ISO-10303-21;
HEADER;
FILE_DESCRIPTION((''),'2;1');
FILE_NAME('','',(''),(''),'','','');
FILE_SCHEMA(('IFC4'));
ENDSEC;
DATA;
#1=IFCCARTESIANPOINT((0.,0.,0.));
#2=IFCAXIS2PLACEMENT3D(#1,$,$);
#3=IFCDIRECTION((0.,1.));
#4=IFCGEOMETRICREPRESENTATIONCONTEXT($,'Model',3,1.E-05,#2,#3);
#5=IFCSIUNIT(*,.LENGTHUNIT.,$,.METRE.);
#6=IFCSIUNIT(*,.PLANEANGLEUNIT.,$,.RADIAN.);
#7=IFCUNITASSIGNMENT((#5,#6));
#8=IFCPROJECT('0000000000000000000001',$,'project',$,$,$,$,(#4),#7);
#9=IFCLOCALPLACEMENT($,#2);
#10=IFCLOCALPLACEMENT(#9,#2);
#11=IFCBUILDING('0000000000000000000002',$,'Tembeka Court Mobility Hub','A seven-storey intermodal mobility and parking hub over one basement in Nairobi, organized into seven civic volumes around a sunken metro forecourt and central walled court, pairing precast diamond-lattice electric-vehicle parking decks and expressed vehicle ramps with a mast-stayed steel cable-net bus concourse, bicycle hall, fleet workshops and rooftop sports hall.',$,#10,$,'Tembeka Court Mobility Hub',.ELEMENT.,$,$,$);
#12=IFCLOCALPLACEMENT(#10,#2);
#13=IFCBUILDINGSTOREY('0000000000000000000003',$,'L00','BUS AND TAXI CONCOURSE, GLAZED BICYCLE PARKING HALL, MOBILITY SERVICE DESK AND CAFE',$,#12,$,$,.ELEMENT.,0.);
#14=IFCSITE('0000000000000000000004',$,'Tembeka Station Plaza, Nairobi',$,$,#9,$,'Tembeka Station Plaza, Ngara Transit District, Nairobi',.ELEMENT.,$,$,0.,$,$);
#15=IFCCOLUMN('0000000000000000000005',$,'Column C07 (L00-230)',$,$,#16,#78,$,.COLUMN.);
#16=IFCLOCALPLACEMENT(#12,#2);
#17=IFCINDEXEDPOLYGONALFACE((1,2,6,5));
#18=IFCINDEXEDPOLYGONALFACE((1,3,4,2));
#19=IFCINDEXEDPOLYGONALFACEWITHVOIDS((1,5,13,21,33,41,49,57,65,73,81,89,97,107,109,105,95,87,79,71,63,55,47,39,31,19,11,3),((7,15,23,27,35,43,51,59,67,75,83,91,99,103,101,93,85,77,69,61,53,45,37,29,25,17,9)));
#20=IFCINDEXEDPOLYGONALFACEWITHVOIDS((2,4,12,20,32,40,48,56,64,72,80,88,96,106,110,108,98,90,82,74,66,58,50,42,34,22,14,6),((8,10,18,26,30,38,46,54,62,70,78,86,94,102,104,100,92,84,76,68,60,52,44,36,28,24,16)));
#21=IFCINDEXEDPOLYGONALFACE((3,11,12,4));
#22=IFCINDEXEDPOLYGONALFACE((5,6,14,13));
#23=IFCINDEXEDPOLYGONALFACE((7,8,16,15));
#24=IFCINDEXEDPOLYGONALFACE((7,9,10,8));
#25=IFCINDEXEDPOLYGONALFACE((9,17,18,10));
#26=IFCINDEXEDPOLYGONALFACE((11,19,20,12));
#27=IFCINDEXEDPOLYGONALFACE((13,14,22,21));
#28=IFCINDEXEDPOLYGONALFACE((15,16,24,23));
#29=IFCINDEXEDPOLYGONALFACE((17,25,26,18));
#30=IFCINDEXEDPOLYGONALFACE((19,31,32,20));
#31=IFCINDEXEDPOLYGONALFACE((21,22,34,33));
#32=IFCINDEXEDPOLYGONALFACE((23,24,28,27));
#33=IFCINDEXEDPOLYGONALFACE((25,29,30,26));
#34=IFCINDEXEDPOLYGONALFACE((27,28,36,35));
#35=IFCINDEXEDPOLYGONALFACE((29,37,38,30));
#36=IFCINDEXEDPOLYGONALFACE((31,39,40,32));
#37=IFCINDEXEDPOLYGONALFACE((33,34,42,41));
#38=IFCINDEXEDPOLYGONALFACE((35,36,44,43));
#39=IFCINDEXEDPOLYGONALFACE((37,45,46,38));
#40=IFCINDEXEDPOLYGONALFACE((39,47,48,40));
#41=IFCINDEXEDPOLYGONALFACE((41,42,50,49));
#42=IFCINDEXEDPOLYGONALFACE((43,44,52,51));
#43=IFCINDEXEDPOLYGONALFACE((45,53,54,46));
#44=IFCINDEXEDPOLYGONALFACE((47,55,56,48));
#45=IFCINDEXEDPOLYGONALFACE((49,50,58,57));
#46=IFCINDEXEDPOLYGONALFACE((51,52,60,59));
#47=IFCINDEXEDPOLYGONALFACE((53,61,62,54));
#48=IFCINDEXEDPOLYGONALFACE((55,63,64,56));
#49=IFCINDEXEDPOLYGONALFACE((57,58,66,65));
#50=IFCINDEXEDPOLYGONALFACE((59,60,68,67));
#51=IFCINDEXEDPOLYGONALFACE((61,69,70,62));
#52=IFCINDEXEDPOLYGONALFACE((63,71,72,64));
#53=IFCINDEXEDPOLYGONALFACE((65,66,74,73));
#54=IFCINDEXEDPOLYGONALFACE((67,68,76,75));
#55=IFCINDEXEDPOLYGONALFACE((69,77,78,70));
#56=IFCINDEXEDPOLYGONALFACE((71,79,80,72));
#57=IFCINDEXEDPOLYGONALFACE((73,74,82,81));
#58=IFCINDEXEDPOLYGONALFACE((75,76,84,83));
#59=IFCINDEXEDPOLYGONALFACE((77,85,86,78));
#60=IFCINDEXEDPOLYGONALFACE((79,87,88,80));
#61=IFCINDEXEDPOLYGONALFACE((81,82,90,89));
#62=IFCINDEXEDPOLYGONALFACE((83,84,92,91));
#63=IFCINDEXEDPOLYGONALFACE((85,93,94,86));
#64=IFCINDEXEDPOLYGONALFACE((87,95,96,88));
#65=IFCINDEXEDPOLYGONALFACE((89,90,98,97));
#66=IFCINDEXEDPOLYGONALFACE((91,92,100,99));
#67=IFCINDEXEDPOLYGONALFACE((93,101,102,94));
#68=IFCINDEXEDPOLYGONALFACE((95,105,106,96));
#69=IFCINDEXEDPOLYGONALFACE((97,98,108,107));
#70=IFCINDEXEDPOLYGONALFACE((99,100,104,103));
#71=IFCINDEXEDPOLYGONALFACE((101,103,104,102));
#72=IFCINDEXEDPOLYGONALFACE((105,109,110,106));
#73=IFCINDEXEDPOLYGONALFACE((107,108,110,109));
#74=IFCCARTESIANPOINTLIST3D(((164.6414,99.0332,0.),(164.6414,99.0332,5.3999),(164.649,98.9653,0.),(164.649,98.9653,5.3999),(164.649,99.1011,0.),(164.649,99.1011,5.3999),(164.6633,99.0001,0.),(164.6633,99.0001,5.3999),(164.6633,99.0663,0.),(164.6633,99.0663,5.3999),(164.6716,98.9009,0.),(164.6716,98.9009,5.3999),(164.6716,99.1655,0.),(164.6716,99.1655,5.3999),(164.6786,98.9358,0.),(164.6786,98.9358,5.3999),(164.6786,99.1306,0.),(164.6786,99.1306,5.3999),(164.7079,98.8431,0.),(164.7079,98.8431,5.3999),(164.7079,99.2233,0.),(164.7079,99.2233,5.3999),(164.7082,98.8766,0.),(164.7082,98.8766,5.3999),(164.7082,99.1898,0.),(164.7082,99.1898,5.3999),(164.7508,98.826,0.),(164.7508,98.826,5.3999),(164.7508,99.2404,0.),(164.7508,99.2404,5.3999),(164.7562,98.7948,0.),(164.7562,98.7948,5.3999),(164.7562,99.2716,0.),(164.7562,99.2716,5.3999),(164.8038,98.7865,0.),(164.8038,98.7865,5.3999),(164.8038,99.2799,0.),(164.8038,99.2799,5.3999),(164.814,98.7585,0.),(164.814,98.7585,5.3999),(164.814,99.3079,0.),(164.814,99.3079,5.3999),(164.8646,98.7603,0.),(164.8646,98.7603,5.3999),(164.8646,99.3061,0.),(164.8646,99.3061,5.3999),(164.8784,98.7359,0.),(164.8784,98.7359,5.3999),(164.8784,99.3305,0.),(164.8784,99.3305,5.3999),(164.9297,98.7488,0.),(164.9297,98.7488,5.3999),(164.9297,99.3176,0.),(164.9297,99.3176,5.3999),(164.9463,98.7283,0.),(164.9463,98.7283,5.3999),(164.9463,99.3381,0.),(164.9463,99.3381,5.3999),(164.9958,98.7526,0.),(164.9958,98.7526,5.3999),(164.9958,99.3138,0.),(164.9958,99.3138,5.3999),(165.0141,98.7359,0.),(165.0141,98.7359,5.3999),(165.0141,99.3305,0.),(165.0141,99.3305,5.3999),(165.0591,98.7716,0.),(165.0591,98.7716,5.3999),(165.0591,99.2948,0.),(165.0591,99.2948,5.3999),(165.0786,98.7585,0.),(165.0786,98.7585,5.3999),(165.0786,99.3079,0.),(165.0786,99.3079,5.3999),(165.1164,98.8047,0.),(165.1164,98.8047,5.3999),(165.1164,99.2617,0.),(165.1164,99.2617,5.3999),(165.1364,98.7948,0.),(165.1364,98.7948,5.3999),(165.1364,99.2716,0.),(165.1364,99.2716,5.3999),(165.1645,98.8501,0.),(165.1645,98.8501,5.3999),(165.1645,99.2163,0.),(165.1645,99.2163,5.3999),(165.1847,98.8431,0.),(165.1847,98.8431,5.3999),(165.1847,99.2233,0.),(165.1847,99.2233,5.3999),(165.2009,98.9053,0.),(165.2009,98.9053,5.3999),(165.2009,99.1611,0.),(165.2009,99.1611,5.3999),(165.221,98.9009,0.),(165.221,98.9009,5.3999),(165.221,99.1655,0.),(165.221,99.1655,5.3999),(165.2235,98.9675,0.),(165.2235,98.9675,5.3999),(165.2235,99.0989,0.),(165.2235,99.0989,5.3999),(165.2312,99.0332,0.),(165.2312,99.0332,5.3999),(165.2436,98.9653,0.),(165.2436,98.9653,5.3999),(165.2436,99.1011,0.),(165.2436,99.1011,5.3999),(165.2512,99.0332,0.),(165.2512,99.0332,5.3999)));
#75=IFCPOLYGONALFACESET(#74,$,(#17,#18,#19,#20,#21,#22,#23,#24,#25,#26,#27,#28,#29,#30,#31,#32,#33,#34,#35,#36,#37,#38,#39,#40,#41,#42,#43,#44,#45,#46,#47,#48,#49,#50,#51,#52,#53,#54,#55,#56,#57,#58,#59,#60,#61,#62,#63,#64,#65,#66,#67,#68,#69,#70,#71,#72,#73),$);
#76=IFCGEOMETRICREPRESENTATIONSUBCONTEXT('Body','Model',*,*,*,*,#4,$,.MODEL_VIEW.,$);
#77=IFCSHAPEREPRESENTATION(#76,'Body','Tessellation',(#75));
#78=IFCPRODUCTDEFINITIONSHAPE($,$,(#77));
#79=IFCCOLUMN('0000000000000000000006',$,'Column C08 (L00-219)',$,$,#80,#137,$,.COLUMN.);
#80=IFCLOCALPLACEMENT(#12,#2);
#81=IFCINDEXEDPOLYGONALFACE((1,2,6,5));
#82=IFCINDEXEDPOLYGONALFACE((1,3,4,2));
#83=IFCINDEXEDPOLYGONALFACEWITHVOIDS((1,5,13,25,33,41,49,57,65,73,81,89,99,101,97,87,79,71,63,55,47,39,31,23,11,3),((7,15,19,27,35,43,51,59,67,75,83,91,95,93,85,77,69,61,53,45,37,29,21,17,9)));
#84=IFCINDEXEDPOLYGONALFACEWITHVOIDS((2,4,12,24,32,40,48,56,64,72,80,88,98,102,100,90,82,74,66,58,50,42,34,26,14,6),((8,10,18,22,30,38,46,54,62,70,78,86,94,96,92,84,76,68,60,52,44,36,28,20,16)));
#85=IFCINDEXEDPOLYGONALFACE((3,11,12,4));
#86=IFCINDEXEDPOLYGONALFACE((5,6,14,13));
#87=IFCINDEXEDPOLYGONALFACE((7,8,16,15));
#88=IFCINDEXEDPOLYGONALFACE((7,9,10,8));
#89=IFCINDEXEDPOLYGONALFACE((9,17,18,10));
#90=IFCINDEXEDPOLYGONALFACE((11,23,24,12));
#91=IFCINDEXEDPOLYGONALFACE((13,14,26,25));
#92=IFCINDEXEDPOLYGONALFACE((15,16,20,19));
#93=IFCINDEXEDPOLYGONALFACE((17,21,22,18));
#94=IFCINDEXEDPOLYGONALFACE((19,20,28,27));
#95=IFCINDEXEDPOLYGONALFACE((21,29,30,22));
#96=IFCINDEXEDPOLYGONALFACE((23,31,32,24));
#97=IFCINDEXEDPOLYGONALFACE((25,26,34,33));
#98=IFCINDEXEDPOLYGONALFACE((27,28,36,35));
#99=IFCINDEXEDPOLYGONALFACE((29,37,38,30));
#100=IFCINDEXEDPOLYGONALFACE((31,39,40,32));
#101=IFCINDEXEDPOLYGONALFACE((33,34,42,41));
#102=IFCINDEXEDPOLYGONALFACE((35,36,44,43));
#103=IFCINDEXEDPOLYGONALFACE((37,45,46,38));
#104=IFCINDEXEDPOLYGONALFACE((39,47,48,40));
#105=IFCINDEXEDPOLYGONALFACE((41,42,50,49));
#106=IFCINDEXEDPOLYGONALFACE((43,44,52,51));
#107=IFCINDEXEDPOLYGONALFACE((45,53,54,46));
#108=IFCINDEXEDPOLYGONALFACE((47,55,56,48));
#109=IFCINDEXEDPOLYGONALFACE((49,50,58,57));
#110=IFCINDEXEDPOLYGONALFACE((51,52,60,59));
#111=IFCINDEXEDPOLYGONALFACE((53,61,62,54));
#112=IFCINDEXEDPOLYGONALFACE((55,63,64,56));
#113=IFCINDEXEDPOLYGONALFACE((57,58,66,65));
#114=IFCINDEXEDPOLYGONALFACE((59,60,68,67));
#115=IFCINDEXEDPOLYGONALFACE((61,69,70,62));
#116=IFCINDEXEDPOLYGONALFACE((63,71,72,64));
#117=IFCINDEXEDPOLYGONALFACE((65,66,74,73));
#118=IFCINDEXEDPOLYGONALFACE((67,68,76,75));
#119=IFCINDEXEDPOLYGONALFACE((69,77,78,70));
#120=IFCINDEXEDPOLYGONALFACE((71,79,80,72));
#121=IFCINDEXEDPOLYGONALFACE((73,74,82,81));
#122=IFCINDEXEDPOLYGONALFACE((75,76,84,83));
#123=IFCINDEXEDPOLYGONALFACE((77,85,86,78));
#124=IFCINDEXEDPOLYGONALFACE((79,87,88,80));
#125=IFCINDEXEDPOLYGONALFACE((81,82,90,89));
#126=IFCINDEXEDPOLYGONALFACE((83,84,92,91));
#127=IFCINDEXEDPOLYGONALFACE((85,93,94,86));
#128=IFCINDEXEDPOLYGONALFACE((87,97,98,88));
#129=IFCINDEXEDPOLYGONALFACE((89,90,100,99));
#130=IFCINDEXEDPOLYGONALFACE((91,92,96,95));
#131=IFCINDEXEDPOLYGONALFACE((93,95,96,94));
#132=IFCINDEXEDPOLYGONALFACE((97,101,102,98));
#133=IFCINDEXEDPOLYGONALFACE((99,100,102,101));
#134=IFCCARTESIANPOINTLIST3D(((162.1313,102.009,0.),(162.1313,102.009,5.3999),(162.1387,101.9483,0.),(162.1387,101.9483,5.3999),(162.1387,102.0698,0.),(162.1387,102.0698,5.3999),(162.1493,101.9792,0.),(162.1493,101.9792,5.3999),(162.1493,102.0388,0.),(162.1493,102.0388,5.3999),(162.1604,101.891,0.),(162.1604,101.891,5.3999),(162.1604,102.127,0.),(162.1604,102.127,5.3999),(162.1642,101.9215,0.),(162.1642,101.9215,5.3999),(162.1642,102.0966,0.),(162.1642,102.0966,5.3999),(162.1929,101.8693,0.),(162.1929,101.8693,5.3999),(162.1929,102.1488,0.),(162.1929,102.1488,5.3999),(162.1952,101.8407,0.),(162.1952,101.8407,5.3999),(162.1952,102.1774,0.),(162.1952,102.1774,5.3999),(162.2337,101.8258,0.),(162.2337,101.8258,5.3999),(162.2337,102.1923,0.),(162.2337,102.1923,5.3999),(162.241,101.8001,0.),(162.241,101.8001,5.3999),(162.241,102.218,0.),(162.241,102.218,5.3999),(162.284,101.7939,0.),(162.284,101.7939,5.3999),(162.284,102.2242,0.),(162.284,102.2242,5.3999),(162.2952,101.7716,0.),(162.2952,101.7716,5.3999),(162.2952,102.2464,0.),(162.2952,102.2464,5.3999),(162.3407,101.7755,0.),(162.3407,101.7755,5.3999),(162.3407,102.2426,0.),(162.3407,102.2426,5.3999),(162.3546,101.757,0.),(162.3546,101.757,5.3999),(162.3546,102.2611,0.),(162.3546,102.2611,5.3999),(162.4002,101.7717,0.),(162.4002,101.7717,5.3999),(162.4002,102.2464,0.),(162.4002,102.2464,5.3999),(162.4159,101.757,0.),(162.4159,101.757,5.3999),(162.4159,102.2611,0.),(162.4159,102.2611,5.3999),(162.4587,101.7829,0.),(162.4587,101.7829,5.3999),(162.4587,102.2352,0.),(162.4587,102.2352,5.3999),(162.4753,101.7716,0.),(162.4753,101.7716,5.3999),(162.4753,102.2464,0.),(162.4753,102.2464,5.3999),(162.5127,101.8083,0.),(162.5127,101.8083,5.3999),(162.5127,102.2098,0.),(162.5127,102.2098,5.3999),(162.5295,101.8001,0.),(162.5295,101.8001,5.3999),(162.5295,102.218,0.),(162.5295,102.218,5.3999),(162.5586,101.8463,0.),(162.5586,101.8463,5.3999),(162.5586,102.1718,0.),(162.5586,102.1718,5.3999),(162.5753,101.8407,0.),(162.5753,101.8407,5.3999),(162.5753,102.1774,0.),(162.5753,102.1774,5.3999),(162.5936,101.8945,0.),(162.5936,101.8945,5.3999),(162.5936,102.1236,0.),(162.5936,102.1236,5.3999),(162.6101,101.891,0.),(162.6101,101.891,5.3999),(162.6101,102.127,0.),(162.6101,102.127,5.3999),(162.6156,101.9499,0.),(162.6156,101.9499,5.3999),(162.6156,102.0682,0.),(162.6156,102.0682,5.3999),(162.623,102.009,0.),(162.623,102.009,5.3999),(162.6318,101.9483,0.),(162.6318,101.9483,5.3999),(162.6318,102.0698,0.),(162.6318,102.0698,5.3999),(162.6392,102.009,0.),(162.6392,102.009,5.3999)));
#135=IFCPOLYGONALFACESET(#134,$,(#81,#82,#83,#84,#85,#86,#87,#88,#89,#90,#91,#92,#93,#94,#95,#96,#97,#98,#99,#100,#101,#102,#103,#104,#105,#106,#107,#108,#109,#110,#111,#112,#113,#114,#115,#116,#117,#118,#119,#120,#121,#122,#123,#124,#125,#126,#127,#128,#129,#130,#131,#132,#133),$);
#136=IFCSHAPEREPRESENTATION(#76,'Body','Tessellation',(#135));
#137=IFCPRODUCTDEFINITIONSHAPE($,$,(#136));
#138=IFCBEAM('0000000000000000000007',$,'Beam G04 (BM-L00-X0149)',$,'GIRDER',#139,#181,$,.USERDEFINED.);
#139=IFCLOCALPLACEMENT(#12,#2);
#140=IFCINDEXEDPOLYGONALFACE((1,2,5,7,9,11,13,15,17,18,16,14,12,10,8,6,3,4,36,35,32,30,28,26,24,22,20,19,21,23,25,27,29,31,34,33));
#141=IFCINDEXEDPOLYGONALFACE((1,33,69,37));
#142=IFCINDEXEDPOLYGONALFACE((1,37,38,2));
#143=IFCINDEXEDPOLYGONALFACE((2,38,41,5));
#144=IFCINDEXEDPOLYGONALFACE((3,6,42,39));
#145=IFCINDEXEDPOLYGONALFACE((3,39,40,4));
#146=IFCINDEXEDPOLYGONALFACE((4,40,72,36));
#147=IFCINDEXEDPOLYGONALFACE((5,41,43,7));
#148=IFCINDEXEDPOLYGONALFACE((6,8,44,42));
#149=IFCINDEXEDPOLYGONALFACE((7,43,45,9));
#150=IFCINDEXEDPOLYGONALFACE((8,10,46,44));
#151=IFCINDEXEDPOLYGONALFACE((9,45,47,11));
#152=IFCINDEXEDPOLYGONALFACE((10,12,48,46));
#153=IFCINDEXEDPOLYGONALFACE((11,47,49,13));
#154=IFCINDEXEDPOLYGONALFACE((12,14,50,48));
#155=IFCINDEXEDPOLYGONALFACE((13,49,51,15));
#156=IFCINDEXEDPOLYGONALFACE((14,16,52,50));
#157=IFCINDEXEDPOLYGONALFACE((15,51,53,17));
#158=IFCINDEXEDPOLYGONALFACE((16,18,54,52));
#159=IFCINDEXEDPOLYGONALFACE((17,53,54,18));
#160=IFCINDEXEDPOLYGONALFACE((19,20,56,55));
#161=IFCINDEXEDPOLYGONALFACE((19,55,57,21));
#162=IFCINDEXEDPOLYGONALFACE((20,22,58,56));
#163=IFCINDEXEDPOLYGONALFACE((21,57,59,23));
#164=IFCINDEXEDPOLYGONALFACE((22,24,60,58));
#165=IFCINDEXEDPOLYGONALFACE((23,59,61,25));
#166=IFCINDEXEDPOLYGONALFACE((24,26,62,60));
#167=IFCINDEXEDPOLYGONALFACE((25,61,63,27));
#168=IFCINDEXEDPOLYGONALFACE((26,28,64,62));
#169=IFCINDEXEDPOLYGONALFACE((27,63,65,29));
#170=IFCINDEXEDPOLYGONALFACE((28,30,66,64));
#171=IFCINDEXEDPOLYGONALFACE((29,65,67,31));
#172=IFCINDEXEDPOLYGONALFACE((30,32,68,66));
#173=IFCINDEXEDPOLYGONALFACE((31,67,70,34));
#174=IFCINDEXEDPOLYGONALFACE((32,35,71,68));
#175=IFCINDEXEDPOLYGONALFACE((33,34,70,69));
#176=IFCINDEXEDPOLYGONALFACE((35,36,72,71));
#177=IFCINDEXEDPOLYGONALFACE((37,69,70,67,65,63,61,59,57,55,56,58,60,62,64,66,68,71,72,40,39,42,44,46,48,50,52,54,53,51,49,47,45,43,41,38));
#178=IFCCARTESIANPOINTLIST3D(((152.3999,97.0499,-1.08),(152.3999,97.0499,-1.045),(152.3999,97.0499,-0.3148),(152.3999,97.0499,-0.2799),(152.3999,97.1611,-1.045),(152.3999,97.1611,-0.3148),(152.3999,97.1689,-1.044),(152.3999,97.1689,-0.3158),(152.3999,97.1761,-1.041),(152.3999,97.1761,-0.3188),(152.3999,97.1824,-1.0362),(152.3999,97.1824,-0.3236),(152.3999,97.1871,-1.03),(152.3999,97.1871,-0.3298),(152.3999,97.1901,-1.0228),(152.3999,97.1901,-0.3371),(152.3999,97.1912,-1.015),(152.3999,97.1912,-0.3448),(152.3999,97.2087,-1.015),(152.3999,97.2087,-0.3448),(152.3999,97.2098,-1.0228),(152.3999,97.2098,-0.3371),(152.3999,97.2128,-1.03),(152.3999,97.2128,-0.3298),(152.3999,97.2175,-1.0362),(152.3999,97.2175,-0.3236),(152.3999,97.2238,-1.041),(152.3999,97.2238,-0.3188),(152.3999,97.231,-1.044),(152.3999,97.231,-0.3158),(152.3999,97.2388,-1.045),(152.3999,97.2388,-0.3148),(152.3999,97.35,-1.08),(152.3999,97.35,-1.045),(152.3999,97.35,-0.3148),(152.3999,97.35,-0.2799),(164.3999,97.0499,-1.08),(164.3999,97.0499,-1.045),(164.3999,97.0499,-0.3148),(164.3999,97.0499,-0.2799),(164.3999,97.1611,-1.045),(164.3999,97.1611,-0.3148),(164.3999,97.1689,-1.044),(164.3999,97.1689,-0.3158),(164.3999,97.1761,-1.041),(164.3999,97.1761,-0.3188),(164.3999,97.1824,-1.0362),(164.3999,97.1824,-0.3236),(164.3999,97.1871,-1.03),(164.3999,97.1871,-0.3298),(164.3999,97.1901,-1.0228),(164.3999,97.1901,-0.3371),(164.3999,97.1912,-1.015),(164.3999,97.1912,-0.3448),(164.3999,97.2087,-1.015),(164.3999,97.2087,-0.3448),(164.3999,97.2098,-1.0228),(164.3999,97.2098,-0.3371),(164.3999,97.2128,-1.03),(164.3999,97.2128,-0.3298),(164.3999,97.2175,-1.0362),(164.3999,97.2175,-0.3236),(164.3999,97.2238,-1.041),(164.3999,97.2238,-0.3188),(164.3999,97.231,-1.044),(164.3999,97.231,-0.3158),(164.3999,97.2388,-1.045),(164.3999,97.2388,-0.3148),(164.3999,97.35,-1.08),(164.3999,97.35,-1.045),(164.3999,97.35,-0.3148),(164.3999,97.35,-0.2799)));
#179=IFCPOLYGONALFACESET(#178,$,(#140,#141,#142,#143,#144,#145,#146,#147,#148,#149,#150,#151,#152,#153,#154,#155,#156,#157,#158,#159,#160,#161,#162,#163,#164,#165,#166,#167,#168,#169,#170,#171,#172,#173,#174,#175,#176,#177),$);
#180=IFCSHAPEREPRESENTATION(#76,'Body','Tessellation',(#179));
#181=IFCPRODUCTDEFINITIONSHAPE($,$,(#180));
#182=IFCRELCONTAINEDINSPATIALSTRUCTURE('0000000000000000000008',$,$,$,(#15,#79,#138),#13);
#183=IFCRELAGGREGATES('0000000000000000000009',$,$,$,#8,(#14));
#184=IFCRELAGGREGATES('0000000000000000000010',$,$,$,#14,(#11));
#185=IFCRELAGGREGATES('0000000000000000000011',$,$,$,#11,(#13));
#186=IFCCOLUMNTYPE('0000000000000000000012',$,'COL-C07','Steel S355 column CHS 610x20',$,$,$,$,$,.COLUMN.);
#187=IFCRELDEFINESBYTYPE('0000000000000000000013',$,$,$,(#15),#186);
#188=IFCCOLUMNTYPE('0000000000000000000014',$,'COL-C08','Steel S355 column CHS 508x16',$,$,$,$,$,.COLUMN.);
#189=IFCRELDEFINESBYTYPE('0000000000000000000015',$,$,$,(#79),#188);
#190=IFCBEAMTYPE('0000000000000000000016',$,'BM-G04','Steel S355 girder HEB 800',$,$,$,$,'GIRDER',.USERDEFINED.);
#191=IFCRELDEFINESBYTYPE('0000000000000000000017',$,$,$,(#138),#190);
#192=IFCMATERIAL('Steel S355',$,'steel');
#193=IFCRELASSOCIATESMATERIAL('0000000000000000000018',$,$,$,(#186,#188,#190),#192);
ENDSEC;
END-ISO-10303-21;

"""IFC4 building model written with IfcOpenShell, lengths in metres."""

from ifc_helpers import new_model, si_unit, direction, frame, origin, origin_2d, place, context, subcontext, project, spatial, hollow_circle, i_section, extrude, material, material_profile, profile_set, type_object, element, save


model = new_model("IFC4")

# Units and contexts
model_context = context("Model", 3, precision=1e-05, world=origin(), true_north=direction((0.0, 1.0)))
body_context = subcontext(model_context, "Body", "Model", "MODEL_VIEW")
ifc_project = project(units=[si_unit("LENGTHUNIT", "METRE"), si_unit("PLANEANGLEUNIT", "RADIAN")], contexts=[model_context])

# Site, building, storey
site_placement = place(None, origin())
site = spatial("IfcSite", under=ifc_project, at=site_placement, Name="Tembeka Station Plaza, Nairobi", LongName="Tembeka Station Plaza, Ngara Transit District, Nairobi", CompositionType="ELEMENT", RefElevation=0.0)
building_placement = place(site_placement, origin())
building = spatial("IfcBuilding", under=site, at=building_placement, Name="Tembeka Court Mobility Hub", Description="A seven-storey intermodal mobility and parking hub over one basement in Nairobi, organized into seven civic volumes around a sunken metro forecourt and central walled court, pairing precast diamond-lattice electric-vehicle parking decks and expressed vehicle ramps with a mast-stayed steel cable-net bus concourse, bicycle hall, fleet workshops and rooftop sports hall.", LongName="Tembeka Court Mobility Hub", CompositionType="ELEMENT")
storey_placement = place(building_placement, origin())
storey = spatial("IfcBuildingStorey", under=building, at=storey_placement, Name="L00", Description="BUS AND TAXI CONCOURSE, GLAZED BICYCLE PARKING HALL, MOBILITY SERVICE DESK AND CAFE", CompositionType="ELEMENT", Elevation=0.0)

# Columns
ifc_material_1 = material(Name="Steel S355", Category="steel")
ifc_material_profile_1 = material_profile(ifc_material_1, hollow_circle(Radius=0.3049, WallThickness=0.02, at=origin_2d()), Name="CHS 610x20")
ifc_profile_set_1 = profile_set([ifc_material_profile_1], Name="Steel S355")
column_type_1 = type_object("IfcColumnType", Name="COL-C07", Description="Steel S355 column CHS 610x20", PredefinedType="COLUMN", material=ifc_profile_set_1)
column_1_placement = place(storey_placement, frame((164.9463, 99.0332, 0.0), z_axis=(0.0, 0.0, 1.0), x_axis=(1.0, 0.0, 0.0)))
element("IfcColumn", 1, at=column_1_placement, inside=storey, type_object=column_type_1, Name="Column C07 (L00-230)", PredefinedType="COLUMN", context=body_context, shape_type="SweptSolid", body=[
    extrude(hollow_circle(Radius=0.3049, WallThickness=0.02, at=origin_2d()), origin(), (0.0, 0.0, 1.0), 5.3999),
])
ifc_material_profile_2 = material_profile(ifc_material_1, hollow_circle(Radius=0.2539, WallThickness=0.0161, at=origin_2d()), Name="CHS 508x16")
ifc_profile_set_2 = profile_set([ifc_material_profile_2], Name="Steel S355")
column_type_2 = type_object("IfcColumnType", Name="COL-C08", Description="Steel S355 column CHS 508x16", PredefinedType="COLUMN", material=ifc_profile_set_2)
column_2_placement = place(storey_placement, frame((162.3853, 102.009, 0.0), z_axis=(0.0, 0.0, 1.0), x_axis=(1.0, 0.0, 0.0)))
element("IfcColumn", 2, at=column_2_placement, inside=storey, type_object=column_type_2, Name="Column C08 (L00-219)", PredefinedType="COLUMN", context=body_context, shape_type="SweptSolid", body=[
    extrude(hollow_circle(Radius=0.2539, WallThickness=0.0161, at=origin_2d()), origin(), (0.0, 0.0, 1.0), 5.3999),
])

# Beam
ifc_material_profile_3 = material_profile(ifc_material_1, i_section(OverallWidth=0.3, OverallDepth=0.8, WebThickness=0.0176, FlangeThickness=0.0349, FilletRadius=0.03, at=origin_2d()), Name="HEB 800")
ifc_profile_set_3 = profile_set([ifc_material_profile_3], Name="Steel S355")
beam_type_1 = type_object("IfcBeamType", Name="BM-G04", Description="Steel S355 girder HEB 800", ElementType="GIRDER", PredefinedType="USERDEFINED", material=ifc_profile_set_3)
beam_1_placement = place(storey_placement, frame((152.3999, 97.2, -0.6799), z_axis=(1.0, 0.0, 0.0), x_axis=(0.0, 1.0, 0.0)))
element("IfcBeam", 3, at=beam_1_placement, inside=storey, type_object=beam_type_1, Name="Beam G04 (BM-L00-X0149)", ObjectType="GIRDER", PredefinedType="USERDEFINED", context=body_context, shape_type="SweptSolid", body=[
    extrude(i_section(OverallWidth=0.3, OverallDepth=0.8, WebThickness=0.0176, FlangeThickness=0.0349, FilletRadius=0.03, at=origin_2d()), origin(), (0.0, 0.0, 1.0), 12.0),
])

save(model, "model.ifc")
